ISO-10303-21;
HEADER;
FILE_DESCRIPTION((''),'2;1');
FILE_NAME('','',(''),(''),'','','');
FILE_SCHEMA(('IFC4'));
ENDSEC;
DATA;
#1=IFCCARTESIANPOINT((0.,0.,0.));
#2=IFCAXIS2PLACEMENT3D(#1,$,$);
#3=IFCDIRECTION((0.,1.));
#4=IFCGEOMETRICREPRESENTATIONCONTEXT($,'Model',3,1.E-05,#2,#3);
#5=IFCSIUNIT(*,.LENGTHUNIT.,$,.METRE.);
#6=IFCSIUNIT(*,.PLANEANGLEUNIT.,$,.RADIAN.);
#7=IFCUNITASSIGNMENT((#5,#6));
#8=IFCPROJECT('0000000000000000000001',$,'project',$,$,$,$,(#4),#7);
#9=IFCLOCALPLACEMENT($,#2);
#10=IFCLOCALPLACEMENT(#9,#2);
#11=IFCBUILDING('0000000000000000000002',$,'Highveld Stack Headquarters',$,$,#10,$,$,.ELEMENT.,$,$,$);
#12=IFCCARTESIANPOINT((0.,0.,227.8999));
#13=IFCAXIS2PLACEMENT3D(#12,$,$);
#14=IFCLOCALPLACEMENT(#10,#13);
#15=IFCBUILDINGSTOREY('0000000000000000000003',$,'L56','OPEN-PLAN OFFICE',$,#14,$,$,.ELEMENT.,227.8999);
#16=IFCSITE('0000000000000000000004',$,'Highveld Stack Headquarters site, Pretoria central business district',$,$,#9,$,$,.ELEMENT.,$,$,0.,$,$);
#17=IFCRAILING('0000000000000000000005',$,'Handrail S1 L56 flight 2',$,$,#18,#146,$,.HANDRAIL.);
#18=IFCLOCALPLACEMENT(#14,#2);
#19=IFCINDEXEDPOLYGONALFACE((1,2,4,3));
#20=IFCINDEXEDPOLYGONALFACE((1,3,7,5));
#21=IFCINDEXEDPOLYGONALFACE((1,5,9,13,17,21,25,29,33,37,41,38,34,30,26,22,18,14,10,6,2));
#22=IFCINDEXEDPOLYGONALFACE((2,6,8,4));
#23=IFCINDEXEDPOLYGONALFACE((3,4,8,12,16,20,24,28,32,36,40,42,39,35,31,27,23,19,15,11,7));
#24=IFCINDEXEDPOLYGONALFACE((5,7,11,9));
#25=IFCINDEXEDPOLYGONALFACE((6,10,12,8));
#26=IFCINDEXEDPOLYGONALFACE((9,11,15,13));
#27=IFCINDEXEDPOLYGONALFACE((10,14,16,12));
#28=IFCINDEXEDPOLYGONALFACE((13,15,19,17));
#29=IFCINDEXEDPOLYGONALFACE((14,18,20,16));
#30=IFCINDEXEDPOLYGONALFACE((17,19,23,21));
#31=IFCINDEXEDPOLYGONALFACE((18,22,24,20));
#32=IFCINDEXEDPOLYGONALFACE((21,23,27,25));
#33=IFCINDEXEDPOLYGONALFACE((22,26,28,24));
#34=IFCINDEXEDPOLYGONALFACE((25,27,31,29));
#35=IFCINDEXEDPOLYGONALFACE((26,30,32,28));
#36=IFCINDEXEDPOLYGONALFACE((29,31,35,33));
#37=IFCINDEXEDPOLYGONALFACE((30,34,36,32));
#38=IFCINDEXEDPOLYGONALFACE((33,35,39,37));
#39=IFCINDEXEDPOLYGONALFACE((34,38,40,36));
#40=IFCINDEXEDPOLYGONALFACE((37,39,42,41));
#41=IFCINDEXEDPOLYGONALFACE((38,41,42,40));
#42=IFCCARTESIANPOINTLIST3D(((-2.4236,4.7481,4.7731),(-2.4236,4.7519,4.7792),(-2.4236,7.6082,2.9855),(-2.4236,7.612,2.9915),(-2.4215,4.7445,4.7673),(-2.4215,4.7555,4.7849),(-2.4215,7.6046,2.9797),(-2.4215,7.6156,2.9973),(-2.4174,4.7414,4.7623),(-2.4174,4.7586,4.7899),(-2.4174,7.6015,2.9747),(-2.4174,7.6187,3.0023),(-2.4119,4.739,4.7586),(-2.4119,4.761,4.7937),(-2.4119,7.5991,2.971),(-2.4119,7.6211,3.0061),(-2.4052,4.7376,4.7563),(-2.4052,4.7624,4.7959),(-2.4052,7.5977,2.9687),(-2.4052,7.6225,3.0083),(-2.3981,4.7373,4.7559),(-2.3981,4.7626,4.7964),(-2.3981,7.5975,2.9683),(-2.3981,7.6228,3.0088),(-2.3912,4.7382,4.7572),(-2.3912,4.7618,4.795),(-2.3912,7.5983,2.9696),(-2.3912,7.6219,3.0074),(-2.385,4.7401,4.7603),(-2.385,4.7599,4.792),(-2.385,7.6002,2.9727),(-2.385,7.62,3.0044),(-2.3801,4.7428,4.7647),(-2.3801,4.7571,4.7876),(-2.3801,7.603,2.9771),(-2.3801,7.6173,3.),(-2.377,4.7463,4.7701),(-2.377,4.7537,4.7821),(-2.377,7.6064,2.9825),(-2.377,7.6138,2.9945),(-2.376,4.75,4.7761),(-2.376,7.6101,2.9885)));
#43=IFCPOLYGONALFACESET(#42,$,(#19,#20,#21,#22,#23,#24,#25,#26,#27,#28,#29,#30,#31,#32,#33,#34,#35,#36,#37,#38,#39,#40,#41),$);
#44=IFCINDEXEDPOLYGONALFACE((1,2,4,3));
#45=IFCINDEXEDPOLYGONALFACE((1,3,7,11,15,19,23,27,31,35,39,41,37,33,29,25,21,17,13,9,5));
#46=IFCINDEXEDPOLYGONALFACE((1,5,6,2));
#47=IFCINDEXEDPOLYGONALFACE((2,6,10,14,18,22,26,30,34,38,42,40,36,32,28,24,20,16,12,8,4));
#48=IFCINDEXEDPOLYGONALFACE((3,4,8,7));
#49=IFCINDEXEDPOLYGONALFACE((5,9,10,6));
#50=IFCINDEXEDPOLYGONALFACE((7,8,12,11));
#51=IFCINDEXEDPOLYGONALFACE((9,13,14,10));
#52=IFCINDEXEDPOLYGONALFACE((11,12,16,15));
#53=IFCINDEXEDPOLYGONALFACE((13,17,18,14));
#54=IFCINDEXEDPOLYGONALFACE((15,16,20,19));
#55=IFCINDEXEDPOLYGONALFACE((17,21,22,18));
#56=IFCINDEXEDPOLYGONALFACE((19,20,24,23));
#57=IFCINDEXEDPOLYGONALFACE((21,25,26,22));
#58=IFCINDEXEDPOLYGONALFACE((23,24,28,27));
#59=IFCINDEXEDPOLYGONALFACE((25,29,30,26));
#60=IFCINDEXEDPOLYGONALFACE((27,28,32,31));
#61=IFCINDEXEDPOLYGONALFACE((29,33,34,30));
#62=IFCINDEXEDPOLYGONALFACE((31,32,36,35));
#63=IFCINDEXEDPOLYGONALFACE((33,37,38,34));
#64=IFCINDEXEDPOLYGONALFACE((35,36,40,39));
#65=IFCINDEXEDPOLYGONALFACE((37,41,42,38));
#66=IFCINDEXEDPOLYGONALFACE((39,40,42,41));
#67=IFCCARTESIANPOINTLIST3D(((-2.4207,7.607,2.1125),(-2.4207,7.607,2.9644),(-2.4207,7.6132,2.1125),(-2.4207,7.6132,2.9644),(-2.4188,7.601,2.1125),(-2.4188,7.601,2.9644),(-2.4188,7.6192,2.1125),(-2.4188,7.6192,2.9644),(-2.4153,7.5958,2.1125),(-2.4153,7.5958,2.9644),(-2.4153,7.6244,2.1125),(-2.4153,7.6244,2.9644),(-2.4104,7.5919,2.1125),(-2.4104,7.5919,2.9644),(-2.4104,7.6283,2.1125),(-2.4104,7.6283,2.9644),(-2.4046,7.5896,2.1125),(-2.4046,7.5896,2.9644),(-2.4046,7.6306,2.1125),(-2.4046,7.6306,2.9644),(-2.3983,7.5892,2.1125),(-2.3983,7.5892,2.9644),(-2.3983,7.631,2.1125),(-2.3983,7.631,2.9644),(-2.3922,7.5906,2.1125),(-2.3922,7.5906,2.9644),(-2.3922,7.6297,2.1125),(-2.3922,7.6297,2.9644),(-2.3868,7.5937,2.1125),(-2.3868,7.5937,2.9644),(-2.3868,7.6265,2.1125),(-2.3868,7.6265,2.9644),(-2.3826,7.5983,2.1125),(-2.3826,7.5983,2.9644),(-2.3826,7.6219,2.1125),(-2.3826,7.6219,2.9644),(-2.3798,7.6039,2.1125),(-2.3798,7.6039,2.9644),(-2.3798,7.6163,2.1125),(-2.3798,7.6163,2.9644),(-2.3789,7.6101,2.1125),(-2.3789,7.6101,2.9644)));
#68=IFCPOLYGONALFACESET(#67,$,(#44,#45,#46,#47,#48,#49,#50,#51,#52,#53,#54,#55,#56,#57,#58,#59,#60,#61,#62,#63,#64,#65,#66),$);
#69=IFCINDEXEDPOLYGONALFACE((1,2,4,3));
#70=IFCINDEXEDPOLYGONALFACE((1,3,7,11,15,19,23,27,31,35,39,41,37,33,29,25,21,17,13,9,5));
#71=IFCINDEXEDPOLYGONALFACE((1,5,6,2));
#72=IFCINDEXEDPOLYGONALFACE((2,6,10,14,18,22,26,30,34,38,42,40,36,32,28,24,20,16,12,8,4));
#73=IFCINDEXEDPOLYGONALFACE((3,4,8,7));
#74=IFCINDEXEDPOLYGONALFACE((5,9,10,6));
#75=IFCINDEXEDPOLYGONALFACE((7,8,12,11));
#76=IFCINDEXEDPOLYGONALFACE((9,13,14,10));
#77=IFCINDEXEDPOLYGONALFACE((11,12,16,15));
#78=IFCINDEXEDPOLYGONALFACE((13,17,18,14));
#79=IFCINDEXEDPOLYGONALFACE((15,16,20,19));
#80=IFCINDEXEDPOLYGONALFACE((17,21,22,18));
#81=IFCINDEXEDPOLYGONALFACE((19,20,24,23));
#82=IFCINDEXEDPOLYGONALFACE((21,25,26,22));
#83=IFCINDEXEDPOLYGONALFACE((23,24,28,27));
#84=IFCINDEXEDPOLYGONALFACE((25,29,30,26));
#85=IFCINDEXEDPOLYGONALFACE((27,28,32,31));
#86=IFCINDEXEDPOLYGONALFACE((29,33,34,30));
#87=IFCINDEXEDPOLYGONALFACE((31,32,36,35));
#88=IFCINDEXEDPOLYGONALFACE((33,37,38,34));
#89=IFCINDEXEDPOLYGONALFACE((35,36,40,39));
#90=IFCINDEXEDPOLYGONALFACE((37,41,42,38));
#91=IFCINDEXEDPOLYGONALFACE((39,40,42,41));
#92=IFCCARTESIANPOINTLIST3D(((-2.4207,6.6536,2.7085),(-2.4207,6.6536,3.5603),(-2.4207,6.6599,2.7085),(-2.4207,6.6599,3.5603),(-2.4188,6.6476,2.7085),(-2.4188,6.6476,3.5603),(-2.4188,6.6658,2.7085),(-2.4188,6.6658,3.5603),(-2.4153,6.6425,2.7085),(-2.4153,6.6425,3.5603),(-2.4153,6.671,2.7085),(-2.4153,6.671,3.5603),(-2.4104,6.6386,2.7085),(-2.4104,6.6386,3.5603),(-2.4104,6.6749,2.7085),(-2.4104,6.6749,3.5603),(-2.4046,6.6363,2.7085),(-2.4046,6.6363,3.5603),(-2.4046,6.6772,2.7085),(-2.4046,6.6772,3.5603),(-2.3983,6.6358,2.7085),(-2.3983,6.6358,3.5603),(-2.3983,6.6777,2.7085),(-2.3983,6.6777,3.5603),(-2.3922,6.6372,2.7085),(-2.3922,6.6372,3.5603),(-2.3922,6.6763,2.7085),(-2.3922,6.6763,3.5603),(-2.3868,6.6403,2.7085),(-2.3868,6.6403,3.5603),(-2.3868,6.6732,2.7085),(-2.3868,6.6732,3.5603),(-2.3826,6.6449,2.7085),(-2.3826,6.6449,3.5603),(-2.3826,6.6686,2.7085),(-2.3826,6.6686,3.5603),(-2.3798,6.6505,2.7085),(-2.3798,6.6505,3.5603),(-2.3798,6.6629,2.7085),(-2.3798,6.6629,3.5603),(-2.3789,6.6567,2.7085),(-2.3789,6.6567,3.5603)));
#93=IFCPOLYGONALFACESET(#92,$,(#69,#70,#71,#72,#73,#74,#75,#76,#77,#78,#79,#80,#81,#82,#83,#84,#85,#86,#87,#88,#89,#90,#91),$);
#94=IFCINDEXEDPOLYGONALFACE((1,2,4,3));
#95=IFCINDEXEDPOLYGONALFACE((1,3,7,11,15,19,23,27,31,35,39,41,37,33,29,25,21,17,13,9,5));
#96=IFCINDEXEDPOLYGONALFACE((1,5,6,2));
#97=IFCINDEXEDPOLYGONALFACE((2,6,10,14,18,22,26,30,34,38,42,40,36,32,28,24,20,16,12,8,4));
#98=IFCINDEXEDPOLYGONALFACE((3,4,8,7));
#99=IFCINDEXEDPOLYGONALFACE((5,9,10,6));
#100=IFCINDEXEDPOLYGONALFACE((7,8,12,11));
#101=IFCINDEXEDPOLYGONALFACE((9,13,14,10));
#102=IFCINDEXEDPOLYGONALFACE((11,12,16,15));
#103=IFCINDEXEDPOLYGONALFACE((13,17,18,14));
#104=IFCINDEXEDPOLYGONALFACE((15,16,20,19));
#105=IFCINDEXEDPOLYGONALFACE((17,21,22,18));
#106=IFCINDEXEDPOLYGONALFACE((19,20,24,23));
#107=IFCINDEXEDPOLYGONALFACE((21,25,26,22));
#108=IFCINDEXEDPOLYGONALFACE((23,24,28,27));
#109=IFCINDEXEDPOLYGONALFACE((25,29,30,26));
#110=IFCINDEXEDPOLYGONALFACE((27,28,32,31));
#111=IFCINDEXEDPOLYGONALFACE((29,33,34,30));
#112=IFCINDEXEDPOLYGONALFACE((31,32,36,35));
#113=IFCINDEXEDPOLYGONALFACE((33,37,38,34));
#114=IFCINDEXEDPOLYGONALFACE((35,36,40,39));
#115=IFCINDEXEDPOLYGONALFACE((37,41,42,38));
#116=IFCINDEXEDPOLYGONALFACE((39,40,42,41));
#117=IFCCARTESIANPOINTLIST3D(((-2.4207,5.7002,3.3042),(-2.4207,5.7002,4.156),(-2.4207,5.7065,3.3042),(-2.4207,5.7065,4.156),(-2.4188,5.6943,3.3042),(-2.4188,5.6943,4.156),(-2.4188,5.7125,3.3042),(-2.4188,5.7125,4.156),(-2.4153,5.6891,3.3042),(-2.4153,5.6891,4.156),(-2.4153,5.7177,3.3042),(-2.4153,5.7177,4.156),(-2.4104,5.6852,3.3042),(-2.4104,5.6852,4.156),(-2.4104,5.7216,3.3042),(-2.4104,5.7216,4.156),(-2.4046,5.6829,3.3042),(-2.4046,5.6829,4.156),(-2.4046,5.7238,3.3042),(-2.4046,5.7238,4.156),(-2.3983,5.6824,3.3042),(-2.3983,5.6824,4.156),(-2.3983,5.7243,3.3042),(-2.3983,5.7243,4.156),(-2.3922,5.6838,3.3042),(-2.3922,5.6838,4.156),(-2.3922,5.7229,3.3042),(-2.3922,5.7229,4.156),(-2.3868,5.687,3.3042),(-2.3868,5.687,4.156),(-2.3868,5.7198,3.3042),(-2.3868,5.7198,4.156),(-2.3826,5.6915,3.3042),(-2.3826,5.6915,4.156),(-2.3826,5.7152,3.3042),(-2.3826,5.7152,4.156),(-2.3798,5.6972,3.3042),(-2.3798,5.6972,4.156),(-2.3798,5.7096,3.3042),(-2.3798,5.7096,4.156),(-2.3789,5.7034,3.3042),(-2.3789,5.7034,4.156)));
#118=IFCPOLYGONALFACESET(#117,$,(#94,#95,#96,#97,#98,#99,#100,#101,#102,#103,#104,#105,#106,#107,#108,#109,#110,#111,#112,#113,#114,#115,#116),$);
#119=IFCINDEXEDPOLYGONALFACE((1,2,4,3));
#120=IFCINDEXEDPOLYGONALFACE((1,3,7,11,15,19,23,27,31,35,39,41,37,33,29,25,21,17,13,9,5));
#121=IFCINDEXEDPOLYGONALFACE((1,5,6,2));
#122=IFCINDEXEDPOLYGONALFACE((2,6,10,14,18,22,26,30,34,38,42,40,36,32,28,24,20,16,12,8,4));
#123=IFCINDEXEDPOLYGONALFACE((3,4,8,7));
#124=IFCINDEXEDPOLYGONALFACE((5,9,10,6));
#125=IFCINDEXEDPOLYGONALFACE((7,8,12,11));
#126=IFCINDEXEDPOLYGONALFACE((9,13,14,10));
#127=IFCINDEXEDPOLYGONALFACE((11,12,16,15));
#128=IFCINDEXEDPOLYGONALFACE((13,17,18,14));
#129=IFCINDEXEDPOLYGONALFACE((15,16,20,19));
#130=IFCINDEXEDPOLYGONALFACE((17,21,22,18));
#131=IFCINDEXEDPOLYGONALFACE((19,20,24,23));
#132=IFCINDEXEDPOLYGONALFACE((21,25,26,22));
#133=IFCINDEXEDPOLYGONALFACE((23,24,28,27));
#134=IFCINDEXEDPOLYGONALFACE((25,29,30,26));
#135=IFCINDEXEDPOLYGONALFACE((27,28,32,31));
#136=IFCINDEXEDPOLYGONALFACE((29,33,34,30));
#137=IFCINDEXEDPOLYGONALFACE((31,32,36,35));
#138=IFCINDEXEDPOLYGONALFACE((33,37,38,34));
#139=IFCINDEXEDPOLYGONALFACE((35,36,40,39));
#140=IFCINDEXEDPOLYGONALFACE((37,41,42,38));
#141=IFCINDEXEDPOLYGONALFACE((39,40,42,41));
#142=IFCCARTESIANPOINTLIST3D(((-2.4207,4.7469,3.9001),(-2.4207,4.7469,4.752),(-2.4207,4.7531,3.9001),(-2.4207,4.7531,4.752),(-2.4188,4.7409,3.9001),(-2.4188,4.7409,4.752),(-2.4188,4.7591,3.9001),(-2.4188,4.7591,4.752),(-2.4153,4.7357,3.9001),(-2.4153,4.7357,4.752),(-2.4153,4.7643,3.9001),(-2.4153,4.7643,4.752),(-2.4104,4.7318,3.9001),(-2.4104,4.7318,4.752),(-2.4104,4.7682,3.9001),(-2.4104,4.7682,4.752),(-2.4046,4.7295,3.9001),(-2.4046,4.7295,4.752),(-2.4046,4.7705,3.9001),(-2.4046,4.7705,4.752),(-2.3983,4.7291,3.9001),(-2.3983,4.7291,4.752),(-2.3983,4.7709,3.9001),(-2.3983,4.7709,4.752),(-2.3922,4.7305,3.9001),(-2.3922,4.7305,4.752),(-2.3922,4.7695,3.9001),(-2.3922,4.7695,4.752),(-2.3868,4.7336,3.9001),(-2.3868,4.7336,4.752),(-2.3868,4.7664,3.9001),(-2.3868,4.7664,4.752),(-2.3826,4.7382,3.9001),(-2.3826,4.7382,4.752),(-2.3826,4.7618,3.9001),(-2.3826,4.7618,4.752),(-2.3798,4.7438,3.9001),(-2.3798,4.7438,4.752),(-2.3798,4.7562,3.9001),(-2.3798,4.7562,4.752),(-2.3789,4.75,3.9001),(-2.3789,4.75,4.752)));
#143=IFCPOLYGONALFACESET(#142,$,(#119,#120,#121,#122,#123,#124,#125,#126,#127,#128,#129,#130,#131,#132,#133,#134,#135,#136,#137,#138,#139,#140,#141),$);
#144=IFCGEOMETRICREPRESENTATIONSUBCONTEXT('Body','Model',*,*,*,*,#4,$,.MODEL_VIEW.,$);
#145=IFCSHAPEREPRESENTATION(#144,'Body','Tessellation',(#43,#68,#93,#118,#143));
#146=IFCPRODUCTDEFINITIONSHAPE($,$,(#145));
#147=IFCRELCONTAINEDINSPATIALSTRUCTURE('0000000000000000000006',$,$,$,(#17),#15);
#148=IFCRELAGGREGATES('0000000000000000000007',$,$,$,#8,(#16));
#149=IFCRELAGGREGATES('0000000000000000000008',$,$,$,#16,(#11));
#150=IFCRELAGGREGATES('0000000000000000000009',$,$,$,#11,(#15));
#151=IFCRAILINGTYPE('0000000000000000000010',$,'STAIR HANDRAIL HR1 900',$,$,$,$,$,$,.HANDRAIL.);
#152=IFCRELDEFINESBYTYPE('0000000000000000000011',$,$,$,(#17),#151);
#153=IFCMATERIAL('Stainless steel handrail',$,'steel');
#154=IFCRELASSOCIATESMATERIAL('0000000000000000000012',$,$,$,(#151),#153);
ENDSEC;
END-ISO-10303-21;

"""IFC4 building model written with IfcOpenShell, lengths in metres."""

from ifc_helpers import new_model, si_unit, direction, frame, origin, origin_2d, place, context, subcontext, project, spatial, circle, extrude, material, type_object, element, save


model = new_model("IFC4")

# Units and contexts
model_context = context("Model", 3, precision=1e-05, world=origin(), true_north=direction((0.0, 1.0)))
body_context = subcontext(model_context, "Body", "Model", "MODEL_VIEW")
ifc_project = project(units=[si_unit("LENGTHUNIT", "METRE"), si_unit("PLANEANGLEUNIT", "RADIAN")], contexts=[model_context])

# Site, building, storey
site_placement = place(None, origin())
site = spatial("IfcSite", under=ifc_project, at=site_placement, Name="Highveld Stack Headquarters site, Pretoria central business district", CompositionType="ELEMENT", RefElevation=0.0)
building_placement = place(site_placement, origin())
building = spatial("IfcBuilding", under=site, at=building_placement, Name="Highveld Stack Headquarters", CompositionType="ELEMENT")
storey_placement = place(building_placement, frame((0.0, 0.0, 227.8999)))
storey = spatial("IfcBuildingStorey", under=building, at=storey_placement, Name="L56", Description="OPEN-PLAN OFFICE", CompositionType="ELEMENT", Elevation=227.8999)

# Railing
ifc_material_1 = material(Name="Stainless steel handrail", Category="steel")
railing_type = type_object("IfcRailingType", Name="STAIR HANDRAIL HR1 900", PredefinedType="HANDRAIL", material=ifc_material_1)
for number, where, name in (
    (1, (-2.3999, 7.6101, 2.1125), "Handrail S1 L56 flight 2"),
):
    element("IfcRailing", number, at=place(storey_placement, frame(where)), inside=storey, type_object=railing_type, Name=name, PredefinedType="HANDRAIL", context=body_context, shape_type="SweptSolid", body=[
        extrude(circle(Radius=0.0239, at=origin_2d()), frame((0.0, 0.0, 0.876), z_axis=(0.0, -0.847994, 0.530005), x_axis=(1.0, 0.0, 0.0)), (0.0, 0.0, 1.0), 3.3728),
        extrude(circle(Radius=0.021, at=origin_2d()), origin(), (0.0, 0.0, 1.0), 0.8518),
        extrude(circle(Radius=0.021, at=origin_2d()), frame((0.0, -0.9534, 0.5959)), (0.0, 0.0, 1.0), 0.8518),
        extrude(circle(Radius=0.021, at=origin_2d()), frame((0.0, -1.9067, 1.1917)), (0.0, 0.0, 1.0), 0.8518),
        extrude(circle(Radius=0.021, at=origin_2d()), frame((0.0, -2.8601, 1.7876)), (0.0, 0.0, 1.0), 0.8518),
    ])

save(model, "model.ifc")
